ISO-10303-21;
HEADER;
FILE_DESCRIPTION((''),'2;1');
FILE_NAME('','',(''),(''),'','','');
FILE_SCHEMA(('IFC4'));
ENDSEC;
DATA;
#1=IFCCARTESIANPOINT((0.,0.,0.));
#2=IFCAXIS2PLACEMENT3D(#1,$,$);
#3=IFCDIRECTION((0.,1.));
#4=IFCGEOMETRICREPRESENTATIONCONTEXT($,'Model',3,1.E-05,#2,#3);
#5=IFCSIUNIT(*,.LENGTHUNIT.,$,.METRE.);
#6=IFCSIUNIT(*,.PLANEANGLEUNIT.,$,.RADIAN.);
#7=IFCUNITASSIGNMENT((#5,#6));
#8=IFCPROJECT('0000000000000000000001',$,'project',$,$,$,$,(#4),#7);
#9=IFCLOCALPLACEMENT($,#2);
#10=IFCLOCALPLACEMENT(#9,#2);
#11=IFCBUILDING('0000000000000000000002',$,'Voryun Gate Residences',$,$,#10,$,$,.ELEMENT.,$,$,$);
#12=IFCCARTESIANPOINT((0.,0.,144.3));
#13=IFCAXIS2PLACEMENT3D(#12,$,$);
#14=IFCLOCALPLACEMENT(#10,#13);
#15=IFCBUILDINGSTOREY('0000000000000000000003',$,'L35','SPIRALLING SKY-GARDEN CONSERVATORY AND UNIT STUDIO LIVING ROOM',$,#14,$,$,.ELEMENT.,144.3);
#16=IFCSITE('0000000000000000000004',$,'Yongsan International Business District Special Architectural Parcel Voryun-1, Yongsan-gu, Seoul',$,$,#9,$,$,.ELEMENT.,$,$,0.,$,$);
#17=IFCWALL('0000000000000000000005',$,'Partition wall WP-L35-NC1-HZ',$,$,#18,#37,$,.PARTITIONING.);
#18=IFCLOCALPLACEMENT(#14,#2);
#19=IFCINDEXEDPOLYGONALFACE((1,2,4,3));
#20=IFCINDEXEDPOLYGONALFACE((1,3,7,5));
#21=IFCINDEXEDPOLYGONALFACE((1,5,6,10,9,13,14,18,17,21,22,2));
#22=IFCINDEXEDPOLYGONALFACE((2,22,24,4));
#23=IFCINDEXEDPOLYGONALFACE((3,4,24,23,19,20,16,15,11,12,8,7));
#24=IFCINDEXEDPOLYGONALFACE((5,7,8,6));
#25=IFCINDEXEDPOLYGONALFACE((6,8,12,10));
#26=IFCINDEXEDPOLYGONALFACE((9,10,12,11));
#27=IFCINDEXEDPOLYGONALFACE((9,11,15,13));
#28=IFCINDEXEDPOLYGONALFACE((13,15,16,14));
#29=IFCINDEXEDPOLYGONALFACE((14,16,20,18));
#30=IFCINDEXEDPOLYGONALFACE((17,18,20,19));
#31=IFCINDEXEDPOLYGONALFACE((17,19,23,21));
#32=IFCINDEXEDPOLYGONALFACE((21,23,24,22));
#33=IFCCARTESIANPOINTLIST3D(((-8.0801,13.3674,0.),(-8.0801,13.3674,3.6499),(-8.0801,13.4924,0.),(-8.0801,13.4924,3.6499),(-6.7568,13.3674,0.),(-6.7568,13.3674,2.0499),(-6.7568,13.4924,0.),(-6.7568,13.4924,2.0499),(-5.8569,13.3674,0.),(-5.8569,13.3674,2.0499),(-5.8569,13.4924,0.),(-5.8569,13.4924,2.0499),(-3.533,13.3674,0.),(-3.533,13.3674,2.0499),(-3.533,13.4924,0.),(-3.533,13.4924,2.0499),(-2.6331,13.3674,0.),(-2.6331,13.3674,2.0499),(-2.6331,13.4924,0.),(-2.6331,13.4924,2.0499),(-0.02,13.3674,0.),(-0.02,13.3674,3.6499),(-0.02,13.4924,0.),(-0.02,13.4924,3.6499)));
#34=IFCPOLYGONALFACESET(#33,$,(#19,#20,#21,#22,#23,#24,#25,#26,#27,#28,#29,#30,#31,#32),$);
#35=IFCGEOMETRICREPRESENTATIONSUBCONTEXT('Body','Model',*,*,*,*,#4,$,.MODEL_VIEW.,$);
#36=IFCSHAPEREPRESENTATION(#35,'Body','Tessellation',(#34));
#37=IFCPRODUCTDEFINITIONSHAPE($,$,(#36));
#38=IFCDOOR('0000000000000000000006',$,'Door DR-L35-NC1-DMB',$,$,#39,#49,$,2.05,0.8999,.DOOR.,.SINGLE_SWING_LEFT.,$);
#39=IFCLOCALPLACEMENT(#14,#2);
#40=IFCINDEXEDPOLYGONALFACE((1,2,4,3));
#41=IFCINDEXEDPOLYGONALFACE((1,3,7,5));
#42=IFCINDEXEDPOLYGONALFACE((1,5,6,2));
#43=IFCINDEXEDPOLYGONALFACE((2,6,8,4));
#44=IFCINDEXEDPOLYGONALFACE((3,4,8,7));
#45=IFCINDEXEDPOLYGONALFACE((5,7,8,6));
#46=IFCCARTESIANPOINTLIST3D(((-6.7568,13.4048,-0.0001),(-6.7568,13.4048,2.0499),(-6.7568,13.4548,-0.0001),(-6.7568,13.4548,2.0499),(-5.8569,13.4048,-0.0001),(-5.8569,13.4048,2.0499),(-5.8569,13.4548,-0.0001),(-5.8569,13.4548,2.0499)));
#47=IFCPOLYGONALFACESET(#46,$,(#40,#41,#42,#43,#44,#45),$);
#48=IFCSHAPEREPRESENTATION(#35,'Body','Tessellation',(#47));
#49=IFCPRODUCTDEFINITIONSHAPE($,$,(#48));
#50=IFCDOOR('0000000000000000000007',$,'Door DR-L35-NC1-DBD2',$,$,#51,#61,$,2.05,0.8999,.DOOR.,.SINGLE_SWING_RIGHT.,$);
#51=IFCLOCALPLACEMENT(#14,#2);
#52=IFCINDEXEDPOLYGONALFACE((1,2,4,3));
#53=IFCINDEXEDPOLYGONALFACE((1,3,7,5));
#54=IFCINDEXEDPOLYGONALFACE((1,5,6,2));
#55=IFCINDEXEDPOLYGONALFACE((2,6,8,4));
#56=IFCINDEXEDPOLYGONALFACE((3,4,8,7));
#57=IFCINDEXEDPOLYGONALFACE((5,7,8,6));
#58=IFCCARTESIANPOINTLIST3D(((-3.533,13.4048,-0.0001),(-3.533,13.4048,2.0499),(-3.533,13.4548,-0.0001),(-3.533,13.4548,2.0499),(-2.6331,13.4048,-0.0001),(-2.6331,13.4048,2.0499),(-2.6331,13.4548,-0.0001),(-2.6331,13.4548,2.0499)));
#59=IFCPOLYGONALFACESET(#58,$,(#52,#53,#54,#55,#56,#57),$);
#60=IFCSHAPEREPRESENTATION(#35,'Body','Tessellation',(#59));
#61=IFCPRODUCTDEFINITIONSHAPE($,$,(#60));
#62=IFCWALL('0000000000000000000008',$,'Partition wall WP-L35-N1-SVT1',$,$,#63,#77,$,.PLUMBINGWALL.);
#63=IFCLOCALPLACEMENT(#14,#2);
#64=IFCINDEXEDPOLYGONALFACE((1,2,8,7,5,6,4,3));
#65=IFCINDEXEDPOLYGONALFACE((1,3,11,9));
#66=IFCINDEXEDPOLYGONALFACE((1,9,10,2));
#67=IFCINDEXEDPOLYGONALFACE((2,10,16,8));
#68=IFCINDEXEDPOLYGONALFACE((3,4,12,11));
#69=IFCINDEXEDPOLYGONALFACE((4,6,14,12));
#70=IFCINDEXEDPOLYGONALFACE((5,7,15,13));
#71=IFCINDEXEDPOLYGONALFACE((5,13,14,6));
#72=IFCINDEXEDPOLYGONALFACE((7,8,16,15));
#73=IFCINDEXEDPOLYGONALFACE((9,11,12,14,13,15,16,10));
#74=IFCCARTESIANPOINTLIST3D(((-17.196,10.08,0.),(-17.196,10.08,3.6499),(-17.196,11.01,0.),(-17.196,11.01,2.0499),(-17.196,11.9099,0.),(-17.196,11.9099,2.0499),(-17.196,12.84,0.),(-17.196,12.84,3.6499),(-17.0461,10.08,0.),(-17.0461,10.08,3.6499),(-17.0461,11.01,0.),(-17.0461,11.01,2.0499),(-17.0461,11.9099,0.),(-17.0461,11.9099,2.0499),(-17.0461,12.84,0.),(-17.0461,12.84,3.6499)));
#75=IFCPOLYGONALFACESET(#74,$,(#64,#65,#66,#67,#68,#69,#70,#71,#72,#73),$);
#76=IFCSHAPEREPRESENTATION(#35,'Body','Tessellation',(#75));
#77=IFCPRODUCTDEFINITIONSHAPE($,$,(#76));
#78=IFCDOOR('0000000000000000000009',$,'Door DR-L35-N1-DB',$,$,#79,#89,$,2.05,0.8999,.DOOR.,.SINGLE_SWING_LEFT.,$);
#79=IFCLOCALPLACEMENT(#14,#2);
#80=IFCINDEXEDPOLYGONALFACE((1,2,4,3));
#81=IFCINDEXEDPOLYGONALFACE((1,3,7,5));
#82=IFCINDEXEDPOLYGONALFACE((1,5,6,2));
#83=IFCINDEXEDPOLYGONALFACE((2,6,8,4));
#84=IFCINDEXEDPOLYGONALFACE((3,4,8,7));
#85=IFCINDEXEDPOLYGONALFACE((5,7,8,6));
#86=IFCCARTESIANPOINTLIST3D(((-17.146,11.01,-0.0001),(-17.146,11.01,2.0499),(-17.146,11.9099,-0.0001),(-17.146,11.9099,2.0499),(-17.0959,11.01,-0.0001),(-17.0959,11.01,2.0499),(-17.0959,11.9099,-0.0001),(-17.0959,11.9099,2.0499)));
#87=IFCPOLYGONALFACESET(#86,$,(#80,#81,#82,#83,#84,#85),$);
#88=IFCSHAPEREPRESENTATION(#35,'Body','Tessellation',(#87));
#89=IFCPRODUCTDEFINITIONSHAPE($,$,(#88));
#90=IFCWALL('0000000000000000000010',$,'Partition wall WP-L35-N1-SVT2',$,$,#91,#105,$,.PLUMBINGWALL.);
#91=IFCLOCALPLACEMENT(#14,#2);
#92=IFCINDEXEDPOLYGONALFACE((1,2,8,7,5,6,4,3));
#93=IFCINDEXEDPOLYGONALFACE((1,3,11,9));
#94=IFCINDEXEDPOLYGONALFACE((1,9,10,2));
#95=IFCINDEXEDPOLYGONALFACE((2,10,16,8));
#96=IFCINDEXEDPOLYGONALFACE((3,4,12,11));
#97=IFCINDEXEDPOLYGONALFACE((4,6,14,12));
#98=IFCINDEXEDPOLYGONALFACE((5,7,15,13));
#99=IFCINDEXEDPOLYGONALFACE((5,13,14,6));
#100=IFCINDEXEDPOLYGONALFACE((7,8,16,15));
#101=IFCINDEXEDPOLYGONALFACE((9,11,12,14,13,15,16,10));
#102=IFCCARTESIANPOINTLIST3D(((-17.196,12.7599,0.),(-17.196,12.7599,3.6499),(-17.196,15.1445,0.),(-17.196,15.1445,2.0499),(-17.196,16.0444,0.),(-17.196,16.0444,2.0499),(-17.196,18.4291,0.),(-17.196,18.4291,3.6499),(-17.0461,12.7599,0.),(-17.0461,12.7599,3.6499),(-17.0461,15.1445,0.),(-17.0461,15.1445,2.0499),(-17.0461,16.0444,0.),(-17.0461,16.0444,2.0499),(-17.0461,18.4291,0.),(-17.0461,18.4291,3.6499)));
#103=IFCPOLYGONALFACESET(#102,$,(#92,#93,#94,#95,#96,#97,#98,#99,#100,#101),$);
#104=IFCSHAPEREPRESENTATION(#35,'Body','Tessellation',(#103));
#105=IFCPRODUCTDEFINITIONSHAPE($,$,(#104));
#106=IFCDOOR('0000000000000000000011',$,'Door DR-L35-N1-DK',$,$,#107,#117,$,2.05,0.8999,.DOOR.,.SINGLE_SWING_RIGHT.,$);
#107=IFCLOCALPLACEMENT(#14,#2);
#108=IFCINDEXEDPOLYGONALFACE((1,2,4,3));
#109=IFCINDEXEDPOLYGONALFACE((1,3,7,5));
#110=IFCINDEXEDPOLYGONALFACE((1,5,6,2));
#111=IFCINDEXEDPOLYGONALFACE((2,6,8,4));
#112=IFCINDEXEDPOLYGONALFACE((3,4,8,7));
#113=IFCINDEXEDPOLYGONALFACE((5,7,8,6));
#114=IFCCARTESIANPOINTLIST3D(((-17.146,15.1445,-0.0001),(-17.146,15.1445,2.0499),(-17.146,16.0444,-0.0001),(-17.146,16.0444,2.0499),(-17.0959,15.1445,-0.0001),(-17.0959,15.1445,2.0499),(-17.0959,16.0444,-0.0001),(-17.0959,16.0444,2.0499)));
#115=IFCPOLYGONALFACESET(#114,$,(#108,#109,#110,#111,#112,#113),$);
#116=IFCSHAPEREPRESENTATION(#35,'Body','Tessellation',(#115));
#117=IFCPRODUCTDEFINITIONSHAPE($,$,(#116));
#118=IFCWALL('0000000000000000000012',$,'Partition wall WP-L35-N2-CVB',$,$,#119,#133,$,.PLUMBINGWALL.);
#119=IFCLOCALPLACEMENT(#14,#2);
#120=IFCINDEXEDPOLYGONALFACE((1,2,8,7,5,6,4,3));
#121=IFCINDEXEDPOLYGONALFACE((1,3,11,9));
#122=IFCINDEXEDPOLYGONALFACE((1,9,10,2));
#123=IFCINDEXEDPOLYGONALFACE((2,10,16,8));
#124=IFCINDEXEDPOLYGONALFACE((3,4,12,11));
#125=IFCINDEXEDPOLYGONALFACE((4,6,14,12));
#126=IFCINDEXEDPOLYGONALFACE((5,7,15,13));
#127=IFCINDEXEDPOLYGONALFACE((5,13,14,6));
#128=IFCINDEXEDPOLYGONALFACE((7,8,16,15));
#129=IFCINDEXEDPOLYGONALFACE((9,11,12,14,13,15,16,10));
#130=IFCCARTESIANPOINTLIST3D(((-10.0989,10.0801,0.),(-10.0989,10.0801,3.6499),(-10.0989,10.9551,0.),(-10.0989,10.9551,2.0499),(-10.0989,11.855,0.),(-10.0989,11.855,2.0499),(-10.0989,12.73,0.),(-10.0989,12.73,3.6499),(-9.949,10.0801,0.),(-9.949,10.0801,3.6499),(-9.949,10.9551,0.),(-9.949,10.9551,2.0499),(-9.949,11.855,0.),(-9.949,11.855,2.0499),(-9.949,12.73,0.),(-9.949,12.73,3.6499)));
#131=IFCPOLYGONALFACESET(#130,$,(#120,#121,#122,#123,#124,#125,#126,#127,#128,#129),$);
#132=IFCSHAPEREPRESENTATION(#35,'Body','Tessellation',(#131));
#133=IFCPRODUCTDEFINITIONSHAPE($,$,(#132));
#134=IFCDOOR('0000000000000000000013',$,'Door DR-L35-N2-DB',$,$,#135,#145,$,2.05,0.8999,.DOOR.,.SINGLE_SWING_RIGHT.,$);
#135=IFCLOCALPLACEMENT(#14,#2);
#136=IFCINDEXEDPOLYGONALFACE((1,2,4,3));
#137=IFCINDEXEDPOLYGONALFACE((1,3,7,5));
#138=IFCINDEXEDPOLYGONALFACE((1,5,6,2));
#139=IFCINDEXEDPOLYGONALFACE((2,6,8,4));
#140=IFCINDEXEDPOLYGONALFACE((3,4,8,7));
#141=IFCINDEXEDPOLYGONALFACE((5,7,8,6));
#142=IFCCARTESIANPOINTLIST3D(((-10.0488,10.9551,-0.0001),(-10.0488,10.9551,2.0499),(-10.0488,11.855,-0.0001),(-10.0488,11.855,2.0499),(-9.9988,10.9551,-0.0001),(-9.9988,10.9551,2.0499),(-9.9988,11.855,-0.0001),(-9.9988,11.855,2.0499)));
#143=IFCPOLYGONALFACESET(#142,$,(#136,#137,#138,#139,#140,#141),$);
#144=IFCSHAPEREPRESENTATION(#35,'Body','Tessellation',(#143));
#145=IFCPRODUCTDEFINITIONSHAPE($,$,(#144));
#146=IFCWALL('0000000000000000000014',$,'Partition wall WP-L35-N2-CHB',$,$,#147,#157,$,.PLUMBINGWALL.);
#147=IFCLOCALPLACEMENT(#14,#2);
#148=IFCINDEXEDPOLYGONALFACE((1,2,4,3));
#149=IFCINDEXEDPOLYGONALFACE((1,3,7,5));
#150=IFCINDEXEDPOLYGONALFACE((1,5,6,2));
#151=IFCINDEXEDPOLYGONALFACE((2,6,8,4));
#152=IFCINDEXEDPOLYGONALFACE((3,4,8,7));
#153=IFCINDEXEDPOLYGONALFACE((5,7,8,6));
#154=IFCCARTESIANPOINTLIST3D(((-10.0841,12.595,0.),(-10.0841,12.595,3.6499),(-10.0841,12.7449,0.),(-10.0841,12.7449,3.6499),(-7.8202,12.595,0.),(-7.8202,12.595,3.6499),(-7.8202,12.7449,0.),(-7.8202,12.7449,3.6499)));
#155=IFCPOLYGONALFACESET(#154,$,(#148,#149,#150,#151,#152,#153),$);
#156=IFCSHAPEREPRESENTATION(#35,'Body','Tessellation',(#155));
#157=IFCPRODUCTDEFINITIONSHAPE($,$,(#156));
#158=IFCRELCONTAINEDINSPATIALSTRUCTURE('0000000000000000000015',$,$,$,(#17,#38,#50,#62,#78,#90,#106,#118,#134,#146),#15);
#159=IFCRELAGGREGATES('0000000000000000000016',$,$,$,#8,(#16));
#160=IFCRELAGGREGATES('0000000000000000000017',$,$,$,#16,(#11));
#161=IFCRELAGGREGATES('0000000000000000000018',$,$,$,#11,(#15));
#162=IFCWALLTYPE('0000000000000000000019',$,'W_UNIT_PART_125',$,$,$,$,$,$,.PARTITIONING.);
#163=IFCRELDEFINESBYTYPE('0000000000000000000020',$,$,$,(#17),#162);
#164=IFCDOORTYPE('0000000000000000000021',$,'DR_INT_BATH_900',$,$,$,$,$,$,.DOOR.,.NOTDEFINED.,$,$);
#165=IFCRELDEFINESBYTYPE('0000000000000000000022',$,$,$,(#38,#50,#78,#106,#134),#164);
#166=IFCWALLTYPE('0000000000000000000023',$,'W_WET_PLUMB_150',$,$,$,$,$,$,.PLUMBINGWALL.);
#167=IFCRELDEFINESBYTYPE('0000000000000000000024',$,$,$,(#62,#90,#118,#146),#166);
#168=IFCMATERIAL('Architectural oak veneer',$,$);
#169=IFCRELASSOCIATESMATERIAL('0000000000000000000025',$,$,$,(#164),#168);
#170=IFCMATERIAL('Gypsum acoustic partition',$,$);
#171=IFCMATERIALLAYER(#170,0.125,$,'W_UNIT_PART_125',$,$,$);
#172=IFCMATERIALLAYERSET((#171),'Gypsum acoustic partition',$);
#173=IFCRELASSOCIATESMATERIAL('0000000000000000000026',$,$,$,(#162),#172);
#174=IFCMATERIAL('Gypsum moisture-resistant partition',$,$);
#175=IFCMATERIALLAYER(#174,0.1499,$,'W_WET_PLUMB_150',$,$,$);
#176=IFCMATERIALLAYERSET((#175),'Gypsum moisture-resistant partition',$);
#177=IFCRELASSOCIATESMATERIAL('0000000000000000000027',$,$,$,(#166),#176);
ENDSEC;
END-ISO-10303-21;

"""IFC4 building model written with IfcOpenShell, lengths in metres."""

from ifc_helpers import new_model, si_unit, direction, frame, frame_2d, origin, place, context, subcontext, project, spatial, rectangle, extrude, material, layer, layer_set, type_object, element, fill, save


model = new_model("IFC4")

# Units and contexts
model_context = context("Model", 3, precision=1e-05, world=origin(), true_north=direction((0.0, 1.0)))
body_context = subcontext(model_context, "Body", "Model", "MODEL_VIEW")
ifc_project = project(units=[si_unit("LENGTHUNIT", "METRE"), si_unit("PLANEANGLEUNIT", "RADIAN")], contexts=[model_context])

# Site, building, storey
site_placement = place(None, origin())
site = spatial("IfcSite", under=ifc_project, at=site_placement, Name="Yongsan International Business District Special Architectural Parcel Voryun-1, Yongsan-gu, Seoul", CompositionType="ELEMENT", RefElevation=0.0)
building_placement = place(site_placement, origin())
building = spatial("IfcBuilding", under=site, at=building_placement, Name="Voryun Gate Residences", CompositionType="ELEMENT")
storey_placement = place(building_placement, frame((0.0, 0.0, 144.3)))
storey = spatial("IfcBuildingStorey", under=building, at=storey_placement, Name="L35", Description="SPIRALLING SKY-GARDEN CONSERVATORY AND UNIT STUDIO LIVING ROOM", CompositionType="ELEMENT", Elevation=144.3)

# Shared definitions
ifc_material_1 = material(Name="Architectural oak veneer")
door_type_1 = type_object("IfcDoorType", Name="DR_INT_BATH_900", OperationType="NOTDEFINED", PredefinedType="DOOR", material=ifc_material_1)

# Shared definitions
ifc_material_2 = material(Name="Gypsum acoustic partition")
ifc_layer_1 = layer(ifc_material_2, 0.125, Name="W_UNIT_PART_125")
ifc_layer_set_1 = layer_set([ifc_layer_1], Name="Gypsum acoustic partition")
wall_type_1 = type_object("IfcWallType", Name="W_UNIT_PART_125", PredefinedType="PARTITIONING", material=ifc_layer_set_1)

# Wall, openings, doors
wall_1_placement = place(storey_placement, frame((-8.0801, 13.4299, 0.0), z_axis=(0.0, 0.0, 1.0), x_axis=(1.0, 0.0, 0.0)))
wall_1 = element("IfcWall", 1, at=wall_1_placement, inside=storey, type_object=wall_type_1, Name="Partition wall WP-L35-NC1-HZ", PredefinedType="PARTITIONING", context=body_context, shape_type="SweptSolid", body=[
    extrude(rectangle(XDim=8.0601, YDim=0.125, at=frame_2d((4.03, 0.0))), origin(), (0.0, 0.0, 1.0), 3.6499),
])
opening_1_placement = place(wall_1_placement, frame((1.3232, 0.0, 0.0)))
opening_1 = element("IfcOpeningElement", 2, at=opening_1_placement, cuts=wall_1, PredefinedType="OPENING", context=body_context, shape_type="SweptSolid", body=[
    extrude(rectangle(XDim=0.8999, YDim=2.05, at=frame_2d((0.45, 1.0249))), frame((0.0, 0.0725, 0.0), z_axis=(0.0, -1.0, 0.0), x_axis=(1.0, 0.0, 0.0)), (0.0, 0.0, 1.0), 0.145),
])
opening_2_placement = place(wall_1_placement, frame((4.5471, 0.0, 0.0)))
opening_2 = element("IfcOpeningElement", 3, at=opening_2_placement, cuts=wall_1, PredefinedType="OPENING", context=body_context, shape_type="SweptSolid", body=[
    extrude(rectangle(XDim=0.8999, YDim=2.05, at=frame_2d((0.45, 1.0249))), frame((0.0, 0.0725, 0.0), z_axis=(0.0, -1.0, 0.0), x_axis=(1.0, 0.0, 0.0)), (0.0, 0.0, 1.0), 0.145),
])
door_1_placement = place(opening_1_placement, origin())
door_1 = element("IfcDoor", 4, at=door_1_placement, inside=storey, type_object=door_type_1, Name="Door DR-L35-NC1-DMB", OperationType="SINGLE_SWING_LEFT", OverallHeight=2.05, OverallWidth=0.8999, PredefinedType="DOOR", context=body_context, shape_type="SweptSolid", body=[
    extrude(rectangle(XDim=0.8999, YDim=2.05, at=frame_2d((0.45, 1.0249))), frame((0.0, 0.0249, 0.0), z_axis=(0.0, -1.0, 0.0), x_axis=(1.0, 0.0, 0.0)), (0.0, 0.0, 1.0), 0.05),
])
fill(opening_1, door_1)
door_2_placement = place(opening_2_placement, origin())
door_2 = element("IfcDoor", 5, at=door_2_placement, inside=storey, type_object=door_type_1, Name="Door DR-L35-NC1-DBD2", OperationType="SINGLE_SWING_RIGHT", OverallHeight=2.05, OverallWidth=0.8999, PredefinedType="DOOR", context=body_context, shape_type="SweptSolid", body=[
    extrude(rectangle(XDim=0.8999, YDim=2.05, at=frame_2d((0.45, 1.0249))), frame((0.0, 0.0249, 0.0), z_axis=(0.0, -1.0, 0.0), x_axis=(1.0, 0.0, 0.0)), (0.0, 0.0, 1.0), 0.05),
])
fill(opening_2, door_2)

# Walls, openings, doors
ifc_material_3 = material(Name="Gypsum moisture-resistant partition")
ifc_layer_2 = layer(ifc_material_3, 0.1499, Name="W_WET_PLUMB_150")
ifc_layer_set_2 = layer_set([ifc_layer_2], Name="Gypsum moisture-resistant partition")
wall_type_2 = type_object("IfcWallType", Name="W_WET_PLUMB_150", PredefinedType="PLUMBINGWALL", material=ifc_layer_set_2)
wall_2_placement = place(storey_placement, frame((-17.1211, 10.0801, 0.0), z_axis=(0.0, 0.0, 1.0), x_axis=(0.0, 1.0, 0.0)))
wall_2 = element("IfcWall", 6, at=wall_2_placement, inside=storey, type_object=wall_type_2, Name="Partition wall WP-L35-N1-SVT1", PredefinedType="PLUMBINGWALL", context=body_context, shape_type="SweptSolid", body=[
    extrude(rectangle(XDim=2.76, YDim=0.1499, at=frame_2d((1.3799, 0.0))), origin(), (0.0, 0.0, 1.0), 3.6499),
])
opening_3_placement = place(wall_2_placement, frame((0.9299, 0.0, 0.0)))
opening_3 = element("IfcOpeningElement", 7, at=opening_3_placement, cuts=wall_2, PredefinedType="OPENING", context=body_context, shape_type="SweptSolid", body=[
    extrude(rectangle(XDim=0.8999, YDim=2.05, at=frame_2d((0.45, 1.0249))), frame((0.0, 0.085, 0.0), z_axis=(0.0, -1.0, 0.0), x_axis=(1.0, 0.0, 0.0)), (0.0, 0.0, 1.0), 0.1699),
])
door_3_placement = place(opening_3_placement, origin())
door_3 = element("IfcDoor", 8, at=door_3_placement, inside=storey, type_object=door_type_1, Name="Door DR-L35-N1-DB", OperationType="SINGLE_SWING_LEFT", OverallHeight=2.05, OverallWidth=0.8999, PredefinedType="DOOR", context=body_context, shape_type="SweptSolid", body=[
    extrude(rectangle(XDim=0.8999, YDim=2.05, at=frame_2d((0.45, 1.0249))), frame((0.0, 0.0249, 0.0), z_axis=(0.0, -1.0, 0.0), x_axis=(1.0, 0.0, 0.0)), (0.0, 0.0, 1.0), 0.05),
])
fill(opening_3, door_3)
wall_3_placement = place(storey_placement, frame((-17.1211, 12.76, 0.0), z_axis=(0.0, 0.0, 1.0), x_axis=(0.0, 1.0, 0.0)))
wall_3 = element("IfcWall", 9, at=wall_3_placement, inside=storey, type_object=wall_type_2, Name="Partition wall WP-L35-N1-SVT2", PredefinedType="PLUMBINGWALL", context=body_context, shape_type="SweptSolid", body=[
    extrude(rectangle(XDim=5.6692, YDim=0.1499, at=frame_2d((2.8345, 0.0))), origin(), (0.0, 0.0, 1.0), 3.6499),
])
opening_4_placement = place(wall_3_placement, frame((2.3845, 0.0, 0.0)))
opening_4 = element("IfcOpeningElement", 10, at=opening_4_placement, cuts=wall_3, PredefinedType="OPENING", context=body_context, shape_type="SweptSolid", body=[
    extrude(rectangle(XDim=0.8999, YDim=2.05, at=frame_2d((0.45, 1.0249))), frame((0.0, 0.085, 0.0), z_axis=(0.0, -1.0, 0.0), x_axis=(1.0, 0.0, 0.0)), (0.0, 0.0, 1.0), 0.1699),
])
door_4_placement = place(opening_4_placement, origin())
door_4 = element("IfcDoor", 11, at=door_4_placement, inside=storey, type_object=door_type_1, Name="Door DR-L35-N1-DK", OperationType="SINGLE_SWING_RIGHT", OverallHeight=2.05, OverallWidth=0.8999, PredefinedType="DOOR", context=body_context, shape_type="SweptSolid", body=[
    extrude(rectangle(XDim=0.8999, YDim=2.05, at=frame_2d((0.45, 1.0249))), frame((0.0, 0.0249, 0.0), z_axis=(0.0, -1.0, 0.0), x_axis=(1.0, 0.0, 0.0)), (0.0, 0.0, 1.0), 0.05),
])
fill(opening_4, door_4)
wall_4_placement = place(storey_placement, frame((-10.0239, 10.0801, 0.0), z_axis=(0.0, 0.0, 1.0), x_axis=(0.0, 1.0, 0.0)))
wall_4 = element("IfcWall", 12, at=wall_4_placement, inside=storey, type_object=wall_type_2, Name="Partition wall WP-L35-N2-CVB", PredefinedType="PLUMBINGWALL", context=body_context, shape_type="SweptSolid", body=[
    extrude(rectangle(XDim=2.6499, YDim=0.1499, at=frame_2d((1.325, 0.0))), origin(), (0.0, 0.0, 1.0), 3.6499),
])
opening_5_placement = place(wall_4_placement, frame((0.875, 0.0, 0.0)))
opening_5 = element("IfcOpeningElement", 13, at=opening_5_placement, cuts=wall_4, PredefinedType="OPENING", context=body_context, shape_type="SweptSolid", body=[
    extrude(rectangle(XDim=0.8999, YDim=2.05, at=frame_2d((0.45, 1.0249))), frame((0.0, 0.085, 0.0), z_axis=(0.0, -1.0, 0.0), x_axis=(1.0, 0.0, 0.0)), (0.0, 0.0, 1.0), 0.1699),
])
door_5_placement = place(opening_5_placement, origin())
door_5 = element("IfcDoor", 14, at=door_5_placement, inside=storey, type_object=door_type_1, Name="Door DR-L35-N2-DB", OperationType="SINGLE_SWING_RIGHT", OverallHeight=2.05, OverallWidth=0.8999, PredefinedType="DOOR", context=body_context, shape_type="SweptSolid", body=[
    extrude(rectangle(XDim=0.8999, YDim=2.05, at=frame_2d((0.45, 1.0249))), frame((0.0, 0.0249, 0.0), z_axis=(0.0, -1.0, 0.0), x_axis=(1.0, 0.0, 0.0)), (0.0, 0.0, 1.0), 0.05),
])
fill(opening_5, door_5)

# Wall
wall_5_placement = place(storey_placement, frame((-10.084, 12.6699, 0.0), z_axis=(0.0, 0.0, 1.0), x_axis=(1.0, 0.0, 0.0)))
element("IfcWall", 15, at=wall_5_placement, inside=storey, type_object=wall_type_2, Name="Partition wall WP-L35-N2-CHB", PredefinedType="PLUMBINGWALL", context=body_context, shape_type="SweptSolid", body=[
    extrude(rectangle(XDim=2.2639, YDim=0.1499, at=frame_2d((1.1318, 0.0))), origin(), (0.0, 0.0, 1.0), 3.6499),
])

save(model, "model.ifc")
